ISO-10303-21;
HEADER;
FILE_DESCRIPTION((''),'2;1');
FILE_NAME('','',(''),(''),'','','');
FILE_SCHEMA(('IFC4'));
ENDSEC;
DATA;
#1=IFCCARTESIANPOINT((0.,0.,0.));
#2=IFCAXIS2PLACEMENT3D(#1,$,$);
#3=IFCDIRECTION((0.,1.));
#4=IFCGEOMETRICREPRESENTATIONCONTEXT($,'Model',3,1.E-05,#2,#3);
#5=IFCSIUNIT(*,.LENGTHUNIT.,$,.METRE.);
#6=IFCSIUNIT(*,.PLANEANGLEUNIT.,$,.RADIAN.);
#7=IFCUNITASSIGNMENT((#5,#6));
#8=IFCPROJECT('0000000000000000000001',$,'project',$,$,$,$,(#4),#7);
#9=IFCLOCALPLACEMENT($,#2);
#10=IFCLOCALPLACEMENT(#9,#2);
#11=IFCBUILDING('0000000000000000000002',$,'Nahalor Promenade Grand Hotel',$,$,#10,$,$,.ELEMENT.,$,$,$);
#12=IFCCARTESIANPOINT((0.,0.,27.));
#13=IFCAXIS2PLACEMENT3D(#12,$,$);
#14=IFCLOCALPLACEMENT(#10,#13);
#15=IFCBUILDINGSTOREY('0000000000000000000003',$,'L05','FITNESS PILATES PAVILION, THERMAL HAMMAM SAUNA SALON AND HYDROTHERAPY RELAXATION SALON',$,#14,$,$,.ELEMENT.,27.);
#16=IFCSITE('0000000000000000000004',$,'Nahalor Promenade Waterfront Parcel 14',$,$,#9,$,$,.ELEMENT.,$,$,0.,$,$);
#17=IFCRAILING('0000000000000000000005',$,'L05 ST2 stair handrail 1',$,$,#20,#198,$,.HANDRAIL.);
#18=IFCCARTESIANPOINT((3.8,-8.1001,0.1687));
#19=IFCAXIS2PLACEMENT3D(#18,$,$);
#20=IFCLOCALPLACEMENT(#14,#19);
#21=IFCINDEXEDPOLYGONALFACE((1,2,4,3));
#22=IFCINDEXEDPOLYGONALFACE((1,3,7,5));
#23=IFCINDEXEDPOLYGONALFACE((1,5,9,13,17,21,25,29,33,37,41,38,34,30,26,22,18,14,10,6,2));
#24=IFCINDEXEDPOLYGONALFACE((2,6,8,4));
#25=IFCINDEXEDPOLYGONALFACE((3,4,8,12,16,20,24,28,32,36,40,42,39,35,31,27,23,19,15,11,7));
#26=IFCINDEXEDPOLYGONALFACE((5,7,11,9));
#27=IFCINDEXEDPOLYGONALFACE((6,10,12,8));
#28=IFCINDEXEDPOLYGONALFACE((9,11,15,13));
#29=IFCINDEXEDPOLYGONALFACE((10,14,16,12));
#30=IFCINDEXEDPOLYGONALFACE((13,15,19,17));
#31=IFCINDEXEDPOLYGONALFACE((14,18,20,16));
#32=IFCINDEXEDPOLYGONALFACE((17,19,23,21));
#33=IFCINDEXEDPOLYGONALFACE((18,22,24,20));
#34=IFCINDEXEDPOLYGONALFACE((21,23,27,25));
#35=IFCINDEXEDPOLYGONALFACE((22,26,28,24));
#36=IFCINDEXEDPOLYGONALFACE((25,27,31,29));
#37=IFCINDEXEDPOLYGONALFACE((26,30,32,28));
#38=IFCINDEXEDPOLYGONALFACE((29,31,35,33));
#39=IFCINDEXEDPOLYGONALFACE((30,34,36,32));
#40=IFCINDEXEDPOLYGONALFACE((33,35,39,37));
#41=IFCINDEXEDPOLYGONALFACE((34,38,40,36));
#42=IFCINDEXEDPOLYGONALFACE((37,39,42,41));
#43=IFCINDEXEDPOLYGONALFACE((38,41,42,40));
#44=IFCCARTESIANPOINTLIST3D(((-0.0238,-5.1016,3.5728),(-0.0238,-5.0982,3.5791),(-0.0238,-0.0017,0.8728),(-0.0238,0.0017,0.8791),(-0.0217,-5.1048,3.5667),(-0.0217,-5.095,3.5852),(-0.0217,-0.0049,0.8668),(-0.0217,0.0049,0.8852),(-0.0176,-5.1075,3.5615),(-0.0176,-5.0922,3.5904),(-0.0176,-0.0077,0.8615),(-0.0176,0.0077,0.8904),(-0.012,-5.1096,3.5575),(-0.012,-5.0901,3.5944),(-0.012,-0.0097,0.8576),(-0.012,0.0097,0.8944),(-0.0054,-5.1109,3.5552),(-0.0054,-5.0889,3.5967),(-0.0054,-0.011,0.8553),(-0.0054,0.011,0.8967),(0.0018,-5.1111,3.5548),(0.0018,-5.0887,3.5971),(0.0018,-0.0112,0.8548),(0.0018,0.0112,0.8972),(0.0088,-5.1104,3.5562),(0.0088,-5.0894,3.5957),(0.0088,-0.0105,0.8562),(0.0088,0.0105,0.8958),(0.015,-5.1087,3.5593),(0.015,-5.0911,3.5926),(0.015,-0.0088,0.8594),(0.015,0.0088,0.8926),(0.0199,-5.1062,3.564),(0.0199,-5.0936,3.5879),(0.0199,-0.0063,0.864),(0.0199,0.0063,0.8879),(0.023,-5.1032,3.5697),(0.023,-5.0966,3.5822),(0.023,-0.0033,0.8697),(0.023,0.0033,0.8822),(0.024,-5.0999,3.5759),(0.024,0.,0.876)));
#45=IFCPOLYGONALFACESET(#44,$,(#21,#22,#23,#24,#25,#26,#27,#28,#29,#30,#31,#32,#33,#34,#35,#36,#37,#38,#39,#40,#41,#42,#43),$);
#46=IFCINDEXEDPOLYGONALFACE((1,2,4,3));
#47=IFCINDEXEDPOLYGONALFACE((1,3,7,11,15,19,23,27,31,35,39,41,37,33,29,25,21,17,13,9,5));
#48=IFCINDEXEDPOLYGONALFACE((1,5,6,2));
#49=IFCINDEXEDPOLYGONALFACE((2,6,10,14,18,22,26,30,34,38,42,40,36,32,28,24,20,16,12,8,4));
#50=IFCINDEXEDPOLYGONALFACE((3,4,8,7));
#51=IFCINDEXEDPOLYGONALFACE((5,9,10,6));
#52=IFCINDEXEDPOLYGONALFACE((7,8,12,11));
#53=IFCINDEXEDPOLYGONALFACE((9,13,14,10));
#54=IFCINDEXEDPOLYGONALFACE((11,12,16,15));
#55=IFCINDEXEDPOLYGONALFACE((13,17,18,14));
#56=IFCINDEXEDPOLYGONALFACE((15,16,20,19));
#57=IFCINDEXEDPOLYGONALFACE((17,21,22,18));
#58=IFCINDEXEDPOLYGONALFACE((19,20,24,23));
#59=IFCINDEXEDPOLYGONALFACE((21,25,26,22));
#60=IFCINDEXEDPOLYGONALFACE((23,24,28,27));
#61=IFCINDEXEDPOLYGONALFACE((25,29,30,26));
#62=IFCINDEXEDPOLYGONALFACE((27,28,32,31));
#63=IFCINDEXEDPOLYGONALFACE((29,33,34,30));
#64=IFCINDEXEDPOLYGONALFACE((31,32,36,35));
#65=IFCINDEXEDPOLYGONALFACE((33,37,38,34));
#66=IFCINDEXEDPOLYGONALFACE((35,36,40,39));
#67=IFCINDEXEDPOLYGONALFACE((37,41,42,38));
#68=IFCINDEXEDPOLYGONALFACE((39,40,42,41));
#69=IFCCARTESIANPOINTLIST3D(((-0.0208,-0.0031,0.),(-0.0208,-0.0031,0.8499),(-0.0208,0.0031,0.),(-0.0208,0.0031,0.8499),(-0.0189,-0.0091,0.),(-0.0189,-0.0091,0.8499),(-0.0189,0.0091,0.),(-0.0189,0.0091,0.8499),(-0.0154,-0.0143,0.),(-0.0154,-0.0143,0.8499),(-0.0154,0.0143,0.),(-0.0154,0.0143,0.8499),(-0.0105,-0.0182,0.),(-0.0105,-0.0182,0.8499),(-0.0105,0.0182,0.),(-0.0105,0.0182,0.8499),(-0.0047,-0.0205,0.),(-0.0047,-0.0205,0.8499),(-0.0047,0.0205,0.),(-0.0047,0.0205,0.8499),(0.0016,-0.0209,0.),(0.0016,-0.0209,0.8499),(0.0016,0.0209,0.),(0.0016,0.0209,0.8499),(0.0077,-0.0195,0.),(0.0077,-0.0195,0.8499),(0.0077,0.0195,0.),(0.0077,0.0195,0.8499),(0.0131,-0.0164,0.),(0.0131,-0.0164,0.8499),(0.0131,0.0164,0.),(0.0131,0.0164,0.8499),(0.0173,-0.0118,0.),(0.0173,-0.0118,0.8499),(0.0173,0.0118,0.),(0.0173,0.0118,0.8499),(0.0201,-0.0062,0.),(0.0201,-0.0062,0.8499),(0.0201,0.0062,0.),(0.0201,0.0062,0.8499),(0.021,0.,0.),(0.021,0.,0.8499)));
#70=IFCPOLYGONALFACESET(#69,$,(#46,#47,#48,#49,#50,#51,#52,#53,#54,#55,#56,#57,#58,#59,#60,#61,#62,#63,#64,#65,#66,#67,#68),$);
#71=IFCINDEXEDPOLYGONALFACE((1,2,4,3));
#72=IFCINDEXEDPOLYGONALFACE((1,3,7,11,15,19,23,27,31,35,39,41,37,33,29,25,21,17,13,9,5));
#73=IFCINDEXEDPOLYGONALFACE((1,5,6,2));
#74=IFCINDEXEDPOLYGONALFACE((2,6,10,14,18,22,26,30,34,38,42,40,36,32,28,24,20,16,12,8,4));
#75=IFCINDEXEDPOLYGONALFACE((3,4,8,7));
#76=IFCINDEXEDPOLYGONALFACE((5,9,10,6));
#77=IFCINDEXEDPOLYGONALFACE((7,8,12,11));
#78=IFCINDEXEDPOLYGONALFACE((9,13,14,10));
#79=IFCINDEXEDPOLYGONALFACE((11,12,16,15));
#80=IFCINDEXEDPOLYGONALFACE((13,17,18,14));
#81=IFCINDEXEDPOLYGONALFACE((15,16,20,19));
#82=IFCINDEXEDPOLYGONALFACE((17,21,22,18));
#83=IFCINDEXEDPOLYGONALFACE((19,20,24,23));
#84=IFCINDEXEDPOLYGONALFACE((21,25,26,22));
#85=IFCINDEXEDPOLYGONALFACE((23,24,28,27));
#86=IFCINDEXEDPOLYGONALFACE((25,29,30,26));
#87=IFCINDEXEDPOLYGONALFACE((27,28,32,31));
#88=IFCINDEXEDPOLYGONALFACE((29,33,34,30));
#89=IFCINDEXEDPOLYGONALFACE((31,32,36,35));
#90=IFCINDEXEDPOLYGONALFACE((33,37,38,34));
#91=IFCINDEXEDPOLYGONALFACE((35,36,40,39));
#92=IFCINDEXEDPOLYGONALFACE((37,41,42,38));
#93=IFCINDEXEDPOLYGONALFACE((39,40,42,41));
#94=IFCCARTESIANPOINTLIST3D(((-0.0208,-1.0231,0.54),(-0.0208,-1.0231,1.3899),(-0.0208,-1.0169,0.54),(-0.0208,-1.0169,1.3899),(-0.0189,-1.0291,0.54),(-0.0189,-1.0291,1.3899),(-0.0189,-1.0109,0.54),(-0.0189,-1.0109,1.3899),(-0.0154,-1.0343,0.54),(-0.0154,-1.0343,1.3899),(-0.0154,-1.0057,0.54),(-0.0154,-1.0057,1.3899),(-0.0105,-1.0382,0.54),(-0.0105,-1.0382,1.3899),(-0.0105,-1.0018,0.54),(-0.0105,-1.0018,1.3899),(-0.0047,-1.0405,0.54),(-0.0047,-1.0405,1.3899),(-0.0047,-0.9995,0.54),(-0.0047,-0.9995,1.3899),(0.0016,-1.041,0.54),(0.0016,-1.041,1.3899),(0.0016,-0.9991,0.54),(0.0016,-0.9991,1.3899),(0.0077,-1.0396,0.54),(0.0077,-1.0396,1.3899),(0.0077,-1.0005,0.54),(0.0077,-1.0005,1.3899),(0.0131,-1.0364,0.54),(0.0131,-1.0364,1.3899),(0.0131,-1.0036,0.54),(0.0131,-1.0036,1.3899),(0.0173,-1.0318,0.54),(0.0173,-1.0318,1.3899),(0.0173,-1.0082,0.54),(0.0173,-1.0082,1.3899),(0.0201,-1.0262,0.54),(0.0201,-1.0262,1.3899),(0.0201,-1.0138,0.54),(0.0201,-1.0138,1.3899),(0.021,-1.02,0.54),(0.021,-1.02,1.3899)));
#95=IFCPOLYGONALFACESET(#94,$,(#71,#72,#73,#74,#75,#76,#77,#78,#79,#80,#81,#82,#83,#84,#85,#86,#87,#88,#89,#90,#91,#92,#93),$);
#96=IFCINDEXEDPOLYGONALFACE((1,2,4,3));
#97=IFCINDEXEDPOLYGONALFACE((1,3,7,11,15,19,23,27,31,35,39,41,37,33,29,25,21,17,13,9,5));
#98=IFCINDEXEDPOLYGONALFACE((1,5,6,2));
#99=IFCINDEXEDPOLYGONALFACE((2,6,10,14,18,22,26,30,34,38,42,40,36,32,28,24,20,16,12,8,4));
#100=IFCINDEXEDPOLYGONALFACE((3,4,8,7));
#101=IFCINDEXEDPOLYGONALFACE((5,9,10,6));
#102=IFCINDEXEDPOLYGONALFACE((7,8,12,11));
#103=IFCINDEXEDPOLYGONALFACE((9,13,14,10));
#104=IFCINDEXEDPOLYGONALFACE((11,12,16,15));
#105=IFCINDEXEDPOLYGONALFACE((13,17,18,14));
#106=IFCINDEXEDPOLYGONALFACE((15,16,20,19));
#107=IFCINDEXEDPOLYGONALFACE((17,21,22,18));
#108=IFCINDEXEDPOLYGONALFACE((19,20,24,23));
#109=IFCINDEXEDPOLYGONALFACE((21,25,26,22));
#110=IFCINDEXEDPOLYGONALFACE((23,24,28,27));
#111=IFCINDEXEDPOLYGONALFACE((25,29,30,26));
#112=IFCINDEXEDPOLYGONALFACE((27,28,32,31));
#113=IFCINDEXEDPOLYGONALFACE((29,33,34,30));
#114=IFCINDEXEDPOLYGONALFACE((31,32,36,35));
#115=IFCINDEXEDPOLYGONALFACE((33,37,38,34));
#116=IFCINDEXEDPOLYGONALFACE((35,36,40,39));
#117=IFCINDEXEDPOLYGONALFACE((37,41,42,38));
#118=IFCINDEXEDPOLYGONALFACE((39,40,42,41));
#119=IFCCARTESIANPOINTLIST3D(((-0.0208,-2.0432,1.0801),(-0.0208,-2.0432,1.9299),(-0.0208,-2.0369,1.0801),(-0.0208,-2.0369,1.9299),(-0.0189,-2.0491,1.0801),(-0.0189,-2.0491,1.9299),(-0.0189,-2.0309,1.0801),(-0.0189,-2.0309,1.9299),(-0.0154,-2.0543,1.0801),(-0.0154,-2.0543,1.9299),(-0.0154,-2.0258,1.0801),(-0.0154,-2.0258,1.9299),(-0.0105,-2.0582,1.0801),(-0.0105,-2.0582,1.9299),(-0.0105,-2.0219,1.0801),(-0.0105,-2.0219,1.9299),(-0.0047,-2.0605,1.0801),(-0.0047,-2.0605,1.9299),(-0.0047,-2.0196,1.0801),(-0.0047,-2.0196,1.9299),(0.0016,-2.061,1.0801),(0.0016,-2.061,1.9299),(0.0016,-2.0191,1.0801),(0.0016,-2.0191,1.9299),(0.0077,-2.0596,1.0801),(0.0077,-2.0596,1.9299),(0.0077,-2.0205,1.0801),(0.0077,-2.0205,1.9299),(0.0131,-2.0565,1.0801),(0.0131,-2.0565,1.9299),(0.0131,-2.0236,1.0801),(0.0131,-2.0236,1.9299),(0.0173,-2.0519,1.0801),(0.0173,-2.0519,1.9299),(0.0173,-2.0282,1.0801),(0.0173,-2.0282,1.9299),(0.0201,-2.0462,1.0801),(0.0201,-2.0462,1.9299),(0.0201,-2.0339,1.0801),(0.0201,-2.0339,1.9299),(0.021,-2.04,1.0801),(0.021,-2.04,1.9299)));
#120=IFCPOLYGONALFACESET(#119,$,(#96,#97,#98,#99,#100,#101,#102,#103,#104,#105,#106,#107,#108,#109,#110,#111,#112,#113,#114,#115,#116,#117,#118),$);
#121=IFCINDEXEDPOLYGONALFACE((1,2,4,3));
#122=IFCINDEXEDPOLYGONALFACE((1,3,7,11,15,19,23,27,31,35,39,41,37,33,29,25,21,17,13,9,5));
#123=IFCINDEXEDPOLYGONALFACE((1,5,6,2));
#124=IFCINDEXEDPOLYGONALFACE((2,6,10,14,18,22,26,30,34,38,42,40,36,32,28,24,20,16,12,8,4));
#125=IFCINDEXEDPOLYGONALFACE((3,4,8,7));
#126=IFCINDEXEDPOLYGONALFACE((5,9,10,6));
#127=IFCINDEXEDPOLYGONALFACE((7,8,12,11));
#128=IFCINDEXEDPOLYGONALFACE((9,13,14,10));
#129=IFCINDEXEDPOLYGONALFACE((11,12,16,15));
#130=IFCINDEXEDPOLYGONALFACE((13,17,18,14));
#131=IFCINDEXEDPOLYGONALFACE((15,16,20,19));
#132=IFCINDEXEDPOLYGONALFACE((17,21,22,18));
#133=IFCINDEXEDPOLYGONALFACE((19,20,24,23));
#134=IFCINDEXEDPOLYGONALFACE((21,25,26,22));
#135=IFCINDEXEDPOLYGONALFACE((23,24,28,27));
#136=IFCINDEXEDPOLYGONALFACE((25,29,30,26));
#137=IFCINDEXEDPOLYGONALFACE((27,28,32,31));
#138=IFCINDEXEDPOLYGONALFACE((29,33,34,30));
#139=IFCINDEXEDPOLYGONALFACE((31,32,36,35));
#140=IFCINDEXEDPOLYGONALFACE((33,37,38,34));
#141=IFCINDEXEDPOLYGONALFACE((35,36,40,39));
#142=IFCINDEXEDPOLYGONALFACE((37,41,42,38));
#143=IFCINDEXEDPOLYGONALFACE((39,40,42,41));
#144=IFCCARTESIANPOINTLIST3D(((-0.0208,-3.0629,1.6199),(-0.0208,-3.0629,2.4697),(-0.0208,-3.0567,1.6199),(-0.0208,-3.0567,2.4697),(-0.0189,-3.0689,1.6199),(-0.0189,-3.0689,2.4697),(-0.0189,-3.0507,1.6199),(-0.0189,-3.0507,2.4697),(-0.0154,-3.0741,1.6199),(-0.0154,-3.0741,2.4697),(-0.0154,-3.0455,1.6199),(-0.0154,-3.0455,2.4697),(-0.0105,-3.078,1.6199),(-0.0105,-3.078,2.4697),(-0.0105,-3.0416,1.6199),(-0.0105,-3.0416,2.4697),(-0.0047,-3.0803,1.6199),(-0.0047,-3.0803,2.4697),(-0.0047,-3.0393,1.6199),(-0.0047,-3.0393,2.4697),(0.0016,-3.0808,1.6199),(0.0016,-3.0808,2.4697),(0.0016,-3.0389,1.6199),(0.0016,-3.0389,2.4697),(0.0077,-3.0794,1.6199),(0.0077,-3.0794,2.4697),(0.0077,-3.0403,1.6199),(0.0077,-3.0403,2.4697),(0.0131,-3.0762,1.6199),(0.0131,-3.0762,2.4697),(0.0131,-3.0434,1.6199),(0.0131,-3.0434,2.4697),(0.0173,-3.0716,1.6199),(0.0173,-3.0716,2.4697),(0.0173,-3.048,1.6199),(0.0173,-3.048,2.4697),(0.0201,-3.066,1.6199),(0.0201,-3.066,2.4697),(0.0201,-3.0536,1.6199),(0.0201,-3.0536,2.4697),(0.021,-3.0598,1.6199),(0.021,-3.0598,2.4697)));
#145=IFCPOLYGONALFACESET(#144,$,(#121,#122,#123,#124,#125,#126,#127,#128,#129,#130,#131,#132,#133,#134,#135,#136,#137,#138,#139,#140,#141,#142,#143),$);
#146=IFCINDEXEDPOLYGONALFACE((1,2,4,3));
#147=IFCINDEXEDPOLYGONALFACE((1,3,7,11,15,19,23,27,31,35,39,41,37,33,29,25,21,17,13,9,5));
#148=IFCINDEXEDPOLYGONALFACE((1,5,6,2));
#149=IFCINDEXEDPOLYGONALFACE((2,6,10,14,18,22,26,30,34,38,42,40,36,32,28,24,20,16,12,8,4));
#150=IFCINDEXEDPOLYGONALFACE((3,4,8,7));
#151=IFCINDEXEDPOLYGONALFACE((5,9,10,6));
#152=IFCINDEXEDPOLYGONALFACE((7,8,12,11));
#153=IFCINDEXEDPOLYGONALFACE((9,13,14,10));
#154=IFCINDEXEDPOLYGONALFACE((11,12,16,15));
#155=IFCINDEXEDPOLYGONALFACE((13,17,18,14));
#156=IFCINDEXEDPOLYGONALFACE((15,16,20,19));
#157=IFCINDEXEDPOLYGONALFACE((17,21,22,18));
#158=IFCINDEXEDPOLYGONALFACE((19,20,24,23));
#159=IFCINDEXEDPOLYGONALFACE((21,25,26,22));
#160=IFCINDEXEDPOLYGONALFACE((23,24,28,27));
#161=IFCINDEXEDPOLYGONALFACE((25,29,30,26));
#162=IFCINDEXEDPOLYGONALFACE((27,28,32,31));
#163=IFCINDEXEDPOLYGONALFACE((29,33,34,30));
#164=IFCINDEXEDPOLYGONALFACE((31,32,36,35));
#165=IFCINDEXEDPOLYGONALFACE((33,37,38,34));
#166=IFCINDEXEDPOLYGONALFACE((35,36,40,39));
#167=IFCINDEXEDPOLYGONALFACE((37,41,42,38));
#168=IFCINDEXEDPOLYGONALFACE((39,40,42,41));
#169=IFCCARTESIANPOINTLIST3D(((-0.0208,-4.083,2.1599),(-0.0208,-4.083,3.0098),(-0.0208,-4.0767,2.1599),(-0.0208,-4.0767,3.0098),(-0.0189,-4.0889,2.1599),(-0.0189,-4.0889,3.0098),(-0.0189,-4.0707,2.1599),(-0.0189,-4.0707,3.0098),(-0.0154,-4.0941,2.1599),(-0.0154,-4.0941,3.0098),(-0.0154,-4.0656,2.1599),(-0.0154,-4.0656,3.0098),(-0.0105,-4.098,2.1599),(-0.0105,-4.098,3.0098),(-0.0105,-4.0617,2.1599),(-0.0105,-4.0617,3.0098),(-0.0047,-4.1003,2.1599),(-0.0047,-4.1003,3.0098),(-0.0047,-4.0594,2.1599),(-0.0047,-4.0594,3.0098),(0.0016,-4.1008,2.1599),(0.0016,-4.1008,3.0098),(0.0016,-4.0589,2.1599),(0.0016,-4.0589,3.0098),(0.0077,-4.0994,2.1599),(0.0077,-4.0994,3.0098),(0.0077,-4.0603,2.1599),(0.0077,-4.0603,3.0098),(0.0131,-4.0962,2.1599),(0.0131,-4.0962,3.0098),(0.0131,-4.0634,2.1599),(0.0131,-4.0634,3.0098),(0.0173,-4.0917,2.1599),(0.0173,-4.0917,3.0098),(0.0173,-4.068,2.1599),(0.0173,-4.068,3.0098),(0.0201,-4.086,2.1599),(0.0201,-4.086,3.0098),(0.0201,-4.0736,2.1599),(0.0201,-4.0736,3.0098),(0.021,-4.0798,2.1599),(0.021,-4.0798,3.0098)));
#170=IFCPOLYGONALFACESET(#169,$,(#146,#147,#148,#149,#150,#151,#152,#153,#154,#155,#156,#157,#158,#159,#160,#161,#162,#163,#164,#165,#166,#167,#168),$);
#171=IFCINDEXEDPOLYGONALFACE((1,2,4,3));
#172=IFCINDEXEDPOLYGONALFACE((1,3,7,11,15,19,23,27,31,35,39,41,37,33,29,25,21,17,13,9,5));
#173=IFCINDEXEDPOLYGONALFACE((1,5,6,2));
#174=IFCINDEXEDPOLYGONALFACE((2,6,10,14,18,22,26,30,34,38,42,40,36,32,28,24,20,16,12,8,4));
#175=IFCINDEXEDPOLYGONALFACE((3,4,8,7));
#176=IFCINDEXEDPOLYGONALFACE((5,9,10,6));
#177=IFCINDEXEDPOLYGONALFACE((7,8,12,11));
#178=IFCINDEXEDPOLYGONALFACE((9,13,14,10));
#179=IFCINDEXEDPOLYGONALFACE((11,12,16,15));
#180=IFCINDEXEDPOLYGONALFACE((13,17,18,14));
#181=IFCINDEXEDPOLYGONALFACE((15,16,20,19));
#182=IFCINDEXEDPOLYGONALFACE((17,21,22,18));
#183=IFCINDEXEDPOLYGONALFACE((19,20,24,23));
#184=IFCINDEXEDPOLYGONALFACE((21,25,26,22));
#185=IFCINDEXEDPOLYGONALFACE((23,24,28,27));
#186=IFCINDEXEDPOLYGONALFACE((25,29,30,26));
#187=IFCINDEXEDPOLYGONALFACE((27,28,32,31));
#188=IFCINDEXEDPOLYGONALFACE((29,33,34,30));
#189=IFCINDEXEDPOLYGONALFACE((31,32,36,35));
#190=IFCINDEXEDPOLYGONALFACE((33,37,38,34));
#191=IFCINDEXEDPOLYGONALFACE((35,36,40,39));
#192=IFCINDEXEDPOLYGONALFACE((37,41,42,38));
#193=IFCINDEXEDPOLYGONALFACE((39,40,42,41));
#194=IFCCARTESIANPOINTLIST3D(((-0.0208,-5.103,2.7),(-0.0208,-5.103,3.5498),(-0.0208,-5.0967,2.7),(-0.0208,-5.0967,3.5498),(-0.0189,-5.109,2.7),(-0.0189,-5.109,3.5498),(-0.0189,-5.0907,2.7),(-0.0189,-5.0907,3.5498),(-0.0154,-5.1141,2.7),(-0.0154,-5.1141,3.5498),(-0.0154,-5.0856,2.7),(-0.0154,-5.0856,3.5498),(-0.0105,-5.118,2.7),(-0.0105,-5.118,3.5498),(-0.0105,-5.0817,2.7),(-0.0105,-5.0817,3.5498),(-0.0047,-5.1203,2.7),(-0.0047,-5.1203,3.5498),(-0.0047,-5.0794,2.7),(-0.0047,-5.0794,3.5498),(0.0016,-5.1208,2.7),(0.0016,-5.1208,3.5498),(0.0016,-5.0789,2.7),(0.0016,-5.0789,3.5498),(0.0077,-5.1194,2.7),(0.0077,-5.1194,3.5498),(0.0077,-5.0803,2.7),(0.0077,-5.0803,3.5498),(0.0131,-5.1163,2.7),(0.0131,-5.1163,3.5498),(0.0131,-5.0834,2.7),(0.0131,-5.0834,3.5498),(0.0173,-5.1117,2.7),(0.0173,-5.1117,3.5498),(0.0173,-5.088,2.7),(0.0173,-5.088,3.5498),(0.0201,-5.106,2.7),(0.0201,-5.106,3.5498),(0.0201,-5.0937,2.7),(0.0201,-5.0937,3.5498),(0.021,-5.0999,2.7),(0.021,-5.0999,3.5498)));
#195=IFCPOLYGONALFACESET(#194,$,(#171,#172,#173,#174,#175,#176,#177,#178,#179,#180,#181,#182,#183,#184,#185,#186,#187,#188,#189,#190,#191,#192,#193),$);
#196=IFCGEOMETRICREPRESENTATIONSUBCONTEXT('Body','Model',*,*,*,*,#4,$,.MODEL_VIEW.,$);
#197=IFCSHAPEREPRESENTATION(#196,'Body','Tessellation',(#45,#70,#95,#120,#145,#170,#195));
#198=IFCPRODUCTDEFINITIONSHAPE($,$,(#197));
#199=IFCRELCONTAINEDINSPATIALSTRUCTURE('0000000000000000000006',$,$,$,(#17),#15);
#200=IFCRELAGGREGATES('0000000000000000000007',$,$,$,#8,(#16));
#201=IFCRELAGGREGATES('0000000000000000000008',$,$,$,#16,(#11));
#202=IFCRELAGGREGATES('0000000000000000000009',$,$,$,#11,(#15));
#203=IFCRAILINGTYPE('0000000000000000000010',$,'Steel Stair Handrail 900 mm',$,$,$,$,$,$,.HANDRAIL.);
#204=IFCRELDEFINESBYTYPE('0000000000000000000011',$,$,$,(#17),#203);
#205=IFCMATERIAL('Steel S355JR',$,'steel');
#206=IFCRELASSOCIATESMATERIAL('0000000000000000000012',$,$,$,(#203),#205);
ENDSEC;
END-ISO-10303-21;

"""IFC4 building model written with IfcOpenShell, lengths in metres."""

from ifc_helpers import new_model, si_unit, direction, frame, origin, origin_2d, place, context, subcontext, project, spatial, circle, extrude, material, type_object, element, save


model = new_model("IFC4")

# Units and contexts
model_context = context("Model", 3, precision=1e-05, world=origin(), true_north=direction((0.0, 1.0)))
body_context = subcontext(model_context, "Body", "Model", "MODEL_VIEW")
ifc_project = project(units=[si_unit("LENGTHUNIT", "METRE"), si_unit("PLANEANGLEUNIT", "RADIAN")], contexts=[model_context])

# Site, building, storey
site_placement = place(None, origin())
site = spatial("IfcSite", under=ifc_project, at=site_placement, Name="Nahalor Promenade Waterfront Parcel 14", CompositionType="ELEMENT", RefElevation=0.0)
building_placement = place(site_placement, origin())
building = spatial("IfcBuilding", under=site, at=building_placement, Name="Nahalor Promenade Grand Hotel", CompositionType="ELEMENT")
storey_placement = place(building_placement, frame((0.0, 0.0, 27.0)))
storey = spatial("IfcBuildingStorey", under=building, at=storey_placement, Name="L05", Description="FITNESS PILATES PAVILION, THERMAL HAMMAM SAUNA SALON AND HYDROTHERAPY RELAXATION SALON", CompositionType="ELEMENT", Elevation=27.0)

# Shared definitions
ifc_material_1 = material(Name="Steel S355JR", Category="steel")

# Railing
railing_type_1 = type_object("IfcRailingType", Name="Steel Stair Handrail 900 mm", PredefinedType="HANDRAIL", material=ifc_material_1)
railing_1_placement = place(storey_placement, frame((3.8, -8.1001, 0.1687)))
element("IfcRailing", 1, at=railing_1_placement, inside=storey, type_object=railing_type_1, Name="L05 ST2 stair handrail 1", PredefinedType="HANDRAIL", context=body_context, shape_type="SweptSolid", body=[
    extrude(circle(Radius=0.024, at=origin_2d()), frame((0.0, 0.0, 0.876), z_axis=(0.0, -0.883786, 0.467892), x_axis=(1.0, 0.0, 0.0)), (0.0, 0.0, 1.0), 5.7705),
    extrude(circle(Radius=0.021, at=origin_2d()), origin(), (0.0, 0.0, 1.0), 0.8499),
    extrude(circle(Radius=0.021, at=origin_2d()), frame((0.0, -1.02, 0.54)), (0.0, 0.0, 1.0), 0.8499),
    extrude(circle(Radius=0.021, at=origin_2d()), frame((0.0, -2.04, 1.0801)), (0.0, 0.0, 1.0), 0.8499),
    extrude(circle(Radius=0.021, at=origin_2d()), frame((0.0, -3.0598, 1.6199)), (0.0, 0.0, 1.0), 0.8499),
    extrude(circle(Radius=0.021, at=origin_2d()), frame((0.0, -4.0798, 2.1599)), (0.0, 0.0, 1.0), 0.8499),
    extrude(circle(Radius=0.021, at=origin_2d()), frame((0.0, -5.0999, 2.7)), (0.0, 0.0, 1.0), 0.8499),
])

save(model, "model.ifc")
